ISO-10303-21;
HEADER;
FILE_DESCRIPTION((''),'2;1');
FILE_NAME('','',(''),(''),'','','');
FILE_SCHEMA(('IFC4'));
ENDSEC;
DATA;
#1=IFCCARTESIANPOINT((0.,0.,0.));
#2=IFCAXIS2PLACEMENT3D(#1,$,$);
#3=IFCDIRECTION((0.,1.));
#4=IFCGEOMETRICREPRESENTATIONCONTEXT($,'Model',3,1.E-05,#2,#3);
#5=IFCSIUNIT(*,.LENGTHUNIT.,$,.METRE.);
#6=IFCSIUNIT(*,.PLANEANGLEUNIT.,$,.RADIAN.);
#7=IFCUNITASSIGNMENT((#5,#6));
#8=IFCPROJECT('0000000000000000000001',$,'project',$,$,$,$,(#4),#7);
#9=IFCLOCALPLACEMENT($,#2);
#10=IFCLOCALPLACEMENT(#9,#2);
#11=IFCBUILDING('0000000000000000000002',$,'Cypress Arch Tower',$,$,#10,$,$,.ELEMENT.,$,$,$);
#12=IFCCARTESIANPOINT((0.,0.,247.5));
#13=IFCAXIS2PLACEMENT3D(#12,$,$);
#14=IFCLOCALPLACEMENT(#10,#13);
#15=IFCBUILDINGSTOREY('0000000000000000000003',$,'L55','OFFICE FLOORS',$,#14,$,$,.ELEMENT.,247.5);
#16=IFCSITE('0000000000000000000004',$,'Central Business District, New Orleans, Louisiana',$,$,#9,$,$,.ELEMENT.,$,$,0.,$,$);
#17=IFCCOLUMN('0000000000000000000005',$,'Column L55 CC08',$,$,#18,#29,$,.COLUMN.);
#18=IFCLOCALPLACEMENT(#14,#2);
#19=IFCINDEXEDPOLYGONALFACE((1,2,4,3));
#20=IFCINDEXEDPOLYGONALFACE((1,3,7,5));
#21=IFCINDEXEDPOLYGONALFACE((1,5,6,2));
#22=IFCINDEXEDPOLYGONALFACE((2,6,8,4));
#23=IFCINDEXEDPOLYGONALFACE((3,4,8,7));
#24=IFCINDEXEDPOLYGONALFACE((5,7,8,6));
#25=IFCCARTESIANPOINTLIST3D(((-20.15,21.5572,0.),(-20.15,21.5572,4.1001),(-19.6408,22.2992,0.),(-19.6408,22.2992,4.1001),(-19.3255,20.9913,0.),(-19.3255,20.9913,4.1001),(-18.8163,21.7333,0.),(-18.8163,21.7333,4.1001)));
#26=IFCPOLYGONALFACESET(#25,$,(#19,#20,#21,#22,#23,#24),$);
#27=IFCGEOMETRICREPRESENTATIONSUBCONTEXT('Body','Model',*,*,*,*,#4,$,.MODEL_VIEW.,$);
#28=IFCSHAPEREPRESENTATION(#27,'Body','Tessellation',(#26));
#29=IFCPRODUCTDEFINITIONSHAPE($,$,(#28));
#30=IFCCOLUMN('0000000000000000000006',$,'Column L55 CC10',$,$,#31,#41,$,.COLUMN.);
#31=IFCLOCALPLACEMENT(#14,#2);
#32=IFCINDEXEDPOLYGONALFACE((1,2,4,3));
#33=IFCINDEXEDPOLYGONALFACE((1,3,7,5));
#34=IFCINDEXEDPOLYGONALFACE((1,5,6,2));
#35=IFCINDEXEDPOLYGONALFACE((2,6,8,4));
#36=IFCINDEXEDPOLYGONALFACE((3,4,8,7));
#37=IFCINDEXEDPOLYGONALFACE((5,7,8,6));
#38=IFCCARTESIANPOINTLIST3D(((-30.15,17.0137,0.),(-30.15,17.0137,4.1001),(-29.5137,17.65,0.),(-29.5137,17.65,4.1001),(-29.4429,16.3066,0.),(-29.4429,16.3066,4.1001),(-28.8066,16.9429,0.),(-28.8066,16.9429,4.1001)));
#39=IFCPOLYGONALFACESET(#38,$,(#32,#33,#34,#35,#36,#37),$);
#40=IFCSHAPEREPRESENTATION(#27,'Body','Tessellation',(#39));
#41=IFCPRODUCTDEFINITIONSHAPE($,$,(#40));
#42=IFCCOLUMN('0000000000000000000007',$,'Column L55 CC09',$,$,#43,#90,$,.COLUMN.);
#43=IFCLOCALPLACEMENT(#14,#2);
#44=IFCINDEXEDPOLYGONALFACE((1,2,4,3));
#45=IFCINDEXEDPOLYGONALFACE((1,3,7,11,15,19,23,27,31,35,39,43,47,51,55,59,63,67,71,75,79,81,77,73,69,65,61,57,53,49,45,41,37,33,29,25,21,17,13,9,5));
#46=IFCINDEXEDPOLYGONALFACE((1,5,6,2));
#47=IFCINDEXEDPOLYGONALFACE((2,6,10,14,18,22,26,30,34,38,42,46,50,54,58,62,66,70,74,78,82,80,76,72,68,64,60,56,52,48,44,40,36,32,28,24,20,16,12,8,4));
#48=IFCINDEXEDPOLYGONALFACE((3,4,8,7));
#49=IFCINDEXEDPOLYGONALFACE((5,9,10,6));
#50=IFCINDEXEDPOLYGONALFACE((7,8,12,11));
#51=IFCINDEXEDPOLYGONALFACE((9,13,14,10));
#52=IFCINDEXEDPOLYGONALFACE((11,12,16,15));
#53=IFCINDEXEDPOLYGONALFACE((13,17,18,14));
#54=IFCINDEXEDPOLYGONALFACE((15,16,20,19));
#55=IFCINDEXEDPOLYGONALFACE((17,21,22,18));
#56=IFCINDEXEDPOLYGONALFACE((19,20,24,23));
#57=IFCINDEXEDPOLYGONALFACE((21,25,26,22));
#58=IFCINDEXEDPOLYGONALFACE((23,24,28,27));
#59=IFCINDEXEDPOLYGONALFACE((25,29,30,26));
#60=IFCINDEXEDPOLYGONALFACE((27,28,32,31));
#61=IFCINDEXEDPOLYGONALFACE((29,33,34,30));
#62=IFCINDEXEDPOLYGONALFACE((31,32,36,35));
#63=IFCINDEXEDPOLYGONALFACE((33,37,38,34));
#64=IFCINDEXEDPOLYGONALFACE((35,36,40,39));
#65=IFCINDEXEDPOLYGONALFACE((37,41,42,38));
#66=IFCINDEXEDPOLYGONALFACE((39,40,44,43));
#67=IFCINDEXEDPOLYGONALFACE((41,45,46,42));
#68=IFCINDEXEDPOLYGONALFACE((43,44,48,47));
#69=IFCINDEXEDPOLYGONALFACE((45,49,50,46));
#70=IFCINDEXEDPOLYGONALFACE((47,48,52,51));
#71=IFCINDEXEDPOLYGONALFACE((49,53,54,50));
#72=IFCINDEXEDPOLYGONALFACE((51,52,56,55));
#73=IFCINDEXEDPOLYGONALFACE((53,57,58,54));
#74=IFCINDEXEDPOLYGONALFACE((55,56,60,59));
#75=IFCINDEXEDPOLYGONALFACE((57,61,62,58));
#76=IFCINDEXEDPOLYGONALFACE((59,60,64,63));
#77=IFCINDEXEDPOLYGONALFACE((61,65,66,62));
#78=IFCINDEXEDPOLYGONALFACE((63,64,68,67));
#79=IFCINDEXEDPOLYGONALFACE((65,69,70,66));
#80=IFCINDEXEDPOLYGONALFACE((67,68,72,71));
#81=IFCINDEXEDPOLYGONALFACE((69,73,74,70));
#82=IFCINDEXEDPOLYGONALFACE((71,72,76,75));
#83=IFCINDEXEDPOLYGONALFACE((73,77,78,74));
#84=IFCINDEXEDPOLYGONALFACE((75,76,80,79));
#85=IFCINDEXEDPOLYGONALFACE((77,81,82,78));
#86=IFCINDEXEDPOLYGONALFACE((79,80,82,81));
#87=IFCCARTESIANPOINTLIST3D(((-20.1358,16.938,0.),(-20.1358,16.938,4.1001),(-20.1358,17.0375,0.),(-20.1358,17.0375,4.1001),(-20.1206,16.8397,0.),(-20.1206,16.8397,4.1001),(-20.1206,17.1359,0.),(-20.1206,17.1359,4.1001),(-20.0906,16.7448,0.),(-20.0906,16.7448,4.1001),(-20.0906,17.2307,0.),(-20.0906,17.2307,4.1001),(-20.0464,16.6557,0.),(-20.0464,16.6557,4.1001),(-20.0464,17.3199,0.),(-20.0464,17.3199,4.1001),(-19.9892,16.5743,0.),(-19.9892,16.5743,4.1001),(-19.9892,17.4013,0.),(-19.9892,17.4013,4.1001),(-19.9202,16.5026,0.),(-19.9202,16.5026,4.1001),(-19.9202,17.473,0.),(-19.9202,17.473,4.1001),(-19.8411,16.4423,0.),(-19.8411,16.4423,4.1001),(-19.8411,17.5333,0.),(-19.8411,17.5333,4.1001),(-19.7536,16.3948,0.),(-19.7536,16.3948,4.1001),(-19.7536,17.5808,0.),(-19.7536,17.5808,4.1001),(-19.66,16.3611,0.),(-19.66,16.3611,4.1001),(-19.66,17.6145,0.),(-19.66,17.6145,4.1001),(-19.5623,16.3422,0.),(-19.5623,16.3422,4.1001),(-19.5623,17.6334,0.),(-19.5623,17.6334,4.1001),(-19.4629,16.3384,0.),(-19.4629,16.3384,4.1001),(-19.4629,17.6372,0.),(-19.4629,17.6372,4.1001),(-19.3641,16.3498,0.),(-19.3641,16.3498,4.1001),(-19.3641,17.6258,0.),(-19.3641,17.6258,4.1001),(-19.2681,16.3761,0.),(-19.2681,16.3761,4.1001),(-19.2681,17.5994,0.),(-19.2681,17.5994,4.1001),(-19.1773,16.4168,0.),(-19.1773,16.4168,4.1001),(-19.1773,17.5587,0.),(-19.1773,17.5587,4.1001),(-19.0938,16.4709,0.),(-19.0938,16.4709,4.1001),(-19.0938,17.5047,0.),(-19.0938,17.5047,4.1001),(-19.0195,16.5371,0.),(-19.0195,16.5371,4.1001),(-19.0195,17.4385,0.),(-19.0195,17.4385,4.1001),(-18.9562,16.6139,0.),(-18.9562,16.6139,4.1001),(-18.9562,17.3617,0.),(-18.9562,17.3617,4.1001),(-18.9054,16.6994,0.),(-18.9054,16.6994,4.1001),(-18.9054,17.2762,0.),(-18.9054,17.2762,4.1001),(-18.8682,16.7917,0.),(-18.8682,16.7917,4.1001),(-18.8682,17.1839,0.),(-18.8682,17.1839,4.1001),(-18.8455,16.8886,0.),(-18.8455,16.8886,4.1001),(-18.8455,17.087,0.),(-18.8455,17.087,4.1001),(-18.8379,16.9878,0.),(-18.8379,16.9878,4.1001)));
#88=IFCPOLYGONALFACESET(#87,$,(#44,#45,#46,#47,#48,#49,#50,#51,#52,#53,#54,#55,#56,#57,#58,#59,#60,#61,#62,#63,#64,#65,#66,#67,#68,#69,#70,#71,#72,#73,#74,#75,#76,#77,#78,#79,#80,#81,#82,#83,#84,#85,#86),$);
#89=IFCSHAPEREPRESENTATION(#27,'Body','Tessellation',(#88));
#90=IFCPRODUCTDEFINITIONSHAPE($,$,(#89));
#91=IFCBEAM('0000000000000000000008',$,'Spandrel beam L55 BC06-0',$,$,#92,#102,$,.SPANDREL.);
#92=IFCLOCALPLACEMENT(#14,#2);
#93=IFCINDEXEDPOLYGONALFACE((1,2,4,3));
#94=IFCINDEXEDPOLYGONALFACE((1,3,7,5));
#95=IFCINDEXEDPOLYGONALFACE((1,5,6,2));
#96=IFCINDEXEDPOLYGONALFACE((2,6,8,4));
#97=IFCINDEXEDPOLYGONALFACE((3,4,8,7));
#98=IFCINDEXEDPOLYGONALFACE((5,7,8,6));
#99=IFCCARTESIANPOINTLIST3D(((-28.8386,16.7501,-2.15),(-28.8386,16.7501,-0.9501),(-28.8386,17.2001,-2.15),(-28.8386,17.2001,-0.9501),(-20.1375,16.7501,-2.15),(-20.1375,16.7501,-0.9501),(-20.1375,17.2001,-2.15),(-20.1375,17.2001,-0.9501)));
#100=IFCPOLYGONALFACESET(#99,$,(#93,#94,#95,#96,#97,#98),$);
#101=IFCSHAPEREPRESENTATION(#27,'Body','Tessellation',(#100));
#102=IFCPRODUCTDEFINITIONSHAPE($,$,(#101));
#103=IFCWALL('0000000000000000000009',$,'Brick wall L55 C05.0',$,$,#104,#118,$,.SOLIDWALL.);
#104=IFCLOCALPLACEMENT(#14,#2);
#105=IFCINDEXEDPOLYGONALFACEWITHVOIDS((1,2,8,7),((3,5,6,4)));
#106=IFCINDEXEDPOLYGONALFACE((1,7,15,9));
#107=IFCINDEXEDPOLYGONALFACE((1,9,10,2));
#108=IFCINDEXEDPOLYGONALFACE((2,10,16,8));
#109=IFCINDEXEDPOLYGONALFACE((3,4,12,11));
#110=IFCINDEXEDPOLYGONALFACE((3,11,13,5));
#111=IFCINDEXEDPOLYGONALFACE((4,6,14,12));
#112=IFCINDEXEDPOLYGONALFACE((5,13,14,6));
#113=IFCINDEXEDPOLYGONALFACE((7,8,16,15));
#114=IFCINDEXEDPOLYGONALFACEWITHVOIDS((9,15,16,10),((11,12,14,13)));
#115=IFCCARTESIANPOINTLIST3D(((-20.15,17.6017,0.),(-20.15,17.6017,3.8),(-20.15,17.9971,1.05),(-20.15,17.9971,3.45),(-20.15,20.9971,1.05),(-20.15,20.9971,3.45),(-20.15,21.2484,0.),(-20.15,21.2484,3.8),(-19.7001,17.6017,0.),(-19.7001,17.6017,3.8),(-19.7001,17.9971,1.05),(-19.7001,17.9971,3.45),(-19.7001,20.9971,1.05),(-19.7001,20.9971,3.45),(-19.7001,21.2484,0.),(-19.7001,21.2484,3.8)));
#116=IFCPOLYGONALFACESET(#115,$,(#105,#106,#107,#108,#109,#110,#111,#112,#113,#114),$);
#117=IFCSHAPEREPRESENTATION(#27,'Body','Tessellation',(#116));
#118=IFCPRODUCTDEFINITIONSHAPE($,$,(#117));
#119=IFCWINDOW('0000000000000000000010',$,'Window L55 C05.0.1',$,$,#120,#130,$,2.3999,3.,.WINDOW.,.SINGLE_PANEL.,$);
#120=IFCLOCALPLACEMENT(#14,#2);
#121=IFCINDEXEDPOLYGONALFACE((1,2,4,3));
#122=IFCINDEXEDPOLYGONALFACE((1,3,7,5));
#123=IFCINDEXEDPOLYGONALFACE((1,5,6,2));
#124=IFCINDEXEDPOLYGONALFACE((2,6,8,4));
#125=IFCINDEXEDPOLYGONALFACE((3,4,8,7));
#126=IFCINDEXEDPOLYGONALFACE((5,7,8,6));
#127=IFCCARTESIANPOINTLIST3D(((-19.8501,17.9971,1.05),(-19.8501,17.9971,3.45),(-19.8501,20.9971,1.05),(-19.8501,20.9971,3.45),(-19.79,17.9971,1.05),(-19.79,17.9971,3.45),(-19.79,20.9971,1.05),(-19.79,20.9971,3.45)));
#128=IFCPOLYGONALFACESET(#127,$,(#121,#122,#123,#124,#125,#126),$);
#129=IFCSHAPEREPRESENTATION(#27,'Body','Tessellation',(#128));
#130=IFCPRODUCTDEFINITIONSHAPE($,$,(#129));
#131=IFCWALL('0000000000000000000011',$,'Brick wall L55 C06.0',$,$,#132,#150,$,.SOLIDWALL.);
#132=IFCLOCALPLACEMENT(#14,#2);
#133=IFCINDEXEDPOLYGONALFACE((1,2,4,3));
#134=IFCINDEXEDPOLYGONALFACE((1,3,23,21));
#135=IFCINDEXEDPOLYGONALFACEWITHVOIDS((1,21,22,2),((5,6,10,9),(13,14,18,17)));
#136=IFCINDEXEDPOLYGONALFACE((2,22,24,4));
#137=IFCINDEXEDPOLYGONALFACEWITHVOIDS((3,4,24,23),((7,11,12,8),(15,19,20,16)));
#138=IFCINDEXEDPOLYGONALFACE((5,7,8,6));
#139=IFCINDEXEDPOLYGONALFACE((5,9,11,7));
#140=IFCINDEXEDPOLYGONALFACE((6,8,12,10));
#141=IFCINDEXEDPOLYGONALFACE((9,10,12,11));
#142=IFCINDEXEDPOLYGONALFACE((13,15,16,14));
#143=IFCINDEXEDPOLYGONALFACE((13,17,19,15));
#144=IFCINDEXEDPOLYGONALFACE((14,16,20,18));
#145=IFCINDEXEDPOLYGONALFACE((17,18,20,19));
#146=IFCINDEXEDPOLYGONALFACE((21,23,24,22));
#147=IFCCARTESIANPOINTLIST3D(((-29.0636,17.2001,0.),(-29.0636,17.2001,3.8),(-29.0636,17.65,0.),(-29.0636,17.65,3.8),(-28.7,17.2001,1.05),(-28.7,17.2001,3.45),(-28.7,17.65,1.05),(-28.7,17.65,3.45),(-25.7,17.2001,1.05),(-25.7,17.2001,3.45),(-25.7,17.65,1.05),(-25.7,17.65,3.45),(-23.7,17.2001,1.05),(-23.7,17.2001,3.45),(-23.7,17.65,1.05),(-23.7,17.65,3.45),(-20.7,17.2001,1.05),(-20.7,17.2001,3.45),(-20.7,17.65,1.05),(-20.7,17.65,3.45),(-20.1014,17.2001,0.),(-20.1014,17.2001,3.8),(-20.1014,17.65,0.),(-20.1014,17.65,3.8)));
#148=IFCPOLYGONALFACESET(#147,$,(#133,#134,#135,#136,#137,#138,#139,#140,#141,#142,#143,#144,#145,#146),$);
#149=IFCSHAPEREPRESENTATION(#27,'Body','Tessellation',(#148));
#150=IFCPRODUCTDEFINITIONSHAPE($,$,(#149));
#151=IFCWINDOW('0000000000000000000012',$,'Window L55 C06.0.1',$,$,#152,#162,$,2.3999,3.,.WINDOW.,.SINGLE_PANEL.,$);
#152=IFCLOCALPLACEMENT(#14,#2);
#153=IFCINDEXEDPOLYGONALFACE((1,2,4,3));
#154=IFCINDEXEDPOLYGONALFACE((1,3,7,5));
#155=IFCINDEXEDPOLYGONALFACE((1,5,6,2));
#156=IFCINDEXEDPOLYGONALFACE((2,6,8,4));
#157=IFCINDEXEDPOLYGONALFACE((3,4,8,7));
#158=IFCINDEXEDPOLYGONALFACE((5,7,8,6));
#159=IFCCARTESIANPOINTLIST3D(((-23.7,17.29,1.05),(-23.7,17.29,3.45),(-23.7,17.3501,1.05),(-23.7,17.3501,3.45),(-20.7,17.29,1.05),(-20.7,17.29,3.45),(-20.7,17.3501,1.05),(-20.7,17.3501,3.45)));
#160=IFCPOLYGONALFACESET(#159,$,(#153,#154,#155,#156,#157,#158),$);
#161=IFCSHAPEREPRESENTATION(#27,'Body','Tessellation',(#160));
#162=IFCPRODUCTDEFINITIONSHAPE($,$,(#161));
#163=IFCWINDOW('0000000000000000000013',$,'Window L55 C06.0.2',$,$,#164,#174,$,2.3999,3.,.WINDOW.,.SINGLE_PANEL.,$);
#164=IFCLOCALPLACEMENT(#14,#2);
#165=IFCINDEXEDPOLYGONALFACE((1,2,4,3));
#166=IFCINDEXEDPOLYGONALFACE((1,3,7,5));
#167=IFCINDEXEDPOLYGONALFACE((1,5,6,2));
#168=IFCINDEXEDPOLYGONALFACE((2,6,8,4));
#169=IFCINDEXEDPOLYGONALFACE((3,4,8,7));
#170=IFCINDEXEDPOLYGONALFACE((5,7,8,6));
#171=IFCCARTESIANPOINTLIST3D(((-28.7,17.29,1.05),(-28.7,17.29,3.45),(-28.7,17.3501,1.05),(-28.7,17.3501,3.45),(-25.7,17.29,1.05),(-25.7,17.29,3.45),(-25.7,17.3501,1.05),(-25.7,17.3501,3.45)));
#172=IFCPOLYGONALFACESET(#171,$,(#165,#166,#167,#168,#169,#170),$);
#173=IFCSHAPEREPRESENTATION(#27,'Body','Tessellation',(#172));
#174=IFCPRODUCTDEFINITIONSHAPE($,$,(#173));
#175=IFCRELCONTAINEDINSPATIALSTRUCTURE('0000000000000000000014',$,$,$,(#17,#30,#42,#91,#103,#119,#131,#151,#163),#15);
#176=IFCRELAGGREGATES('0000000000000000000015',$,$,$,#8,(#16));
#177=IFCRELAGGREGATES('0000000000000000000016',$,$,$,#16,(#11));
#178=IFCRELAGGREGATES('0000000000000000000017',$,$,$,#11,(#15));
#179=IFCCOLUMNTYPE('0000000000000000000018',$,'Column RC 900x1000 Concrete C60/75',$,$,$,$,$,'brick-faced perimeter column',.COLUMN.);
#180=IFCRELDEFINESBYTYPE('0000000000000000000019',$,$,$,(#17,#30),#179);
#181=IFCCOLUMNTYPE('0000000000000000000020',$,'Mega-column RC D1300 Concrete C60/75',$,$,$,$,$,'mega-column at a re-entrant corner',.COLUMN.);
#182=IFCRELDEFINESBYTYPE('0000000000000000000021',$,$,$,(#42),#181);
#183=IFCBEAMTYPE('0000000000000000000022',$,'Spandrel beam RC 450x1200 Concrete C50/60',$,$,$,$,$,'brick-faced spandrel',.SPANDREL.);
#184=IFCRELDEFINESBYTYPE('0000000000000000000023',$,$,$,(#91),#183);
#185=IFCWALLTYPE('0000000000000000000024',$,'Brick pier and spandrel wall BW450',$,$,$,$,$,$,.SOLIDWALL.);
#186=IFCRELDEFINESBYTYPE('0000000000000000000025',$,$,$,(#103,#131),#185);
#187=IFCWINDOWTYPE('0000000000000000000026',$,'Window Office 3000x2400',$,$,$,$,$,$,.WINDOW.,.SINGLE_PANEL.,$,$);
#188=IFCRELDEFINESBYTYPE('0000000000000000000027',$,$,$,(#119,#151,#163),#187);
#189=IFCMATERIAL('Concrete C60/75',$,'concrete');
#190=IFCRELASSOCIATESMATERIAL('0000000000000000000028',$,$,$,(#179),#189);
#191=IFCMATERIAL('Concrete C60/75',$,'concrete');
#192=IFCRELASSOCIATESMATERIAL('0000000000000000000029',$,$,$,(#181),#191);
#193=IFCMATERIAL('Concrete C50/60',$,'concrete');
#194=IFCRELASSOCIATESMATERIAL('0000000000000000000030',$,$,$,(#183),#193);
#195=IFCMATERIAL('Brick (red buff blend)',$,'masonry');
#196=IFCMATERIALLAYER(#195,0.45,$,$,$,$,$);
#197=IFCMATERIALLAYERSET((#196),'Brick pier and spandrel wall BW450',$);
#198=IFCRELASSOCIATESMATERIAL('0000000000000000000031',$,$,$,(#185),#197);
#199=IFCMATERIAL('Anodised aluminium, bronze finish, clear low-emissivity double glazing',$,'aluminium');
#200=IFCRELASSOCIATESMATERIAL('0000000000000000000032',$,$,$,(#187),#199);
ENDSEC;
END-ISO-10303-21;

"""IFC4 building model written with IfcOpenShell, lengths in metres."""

from ifc_helpers import new_model, si_unit, direction, frame, frame_2d, origin, origin_2d, place, context, subcontext, project, spatial, rectangle, circle, extrude, material, layer, layer_set, material_profile, profile_set, type_object, element, fill, save


model = new_model("IFC4")

# Units and contexts
model_context = context("Model", 3, precision=1e-05, world=origin(), true_north=direction((0.0, 1.0)))
body_context = subcontext(model_context, "Body", "Model", "MODEL_VIEW")
ifc_project = project(units=[si_unit("LENGTHUNIT", "METRE"), si_unit("PLANEANGLEUNIT", "RADIAN")], contexts=[model_context])

# Site, building, storey
site_placement = place(None, origin())
site = spatial("IfcSite", under=ifc_project, at=site_placement, Name="Central Business District, New Orleans, Louisiana", CompositionType="ELEMENT", RefElevation=0.0)
building_placement = place(site_placement, origin())
building = spatial("IfcBuilding", under=site, at=building_placement, Name="Cypress Arch Tower", CompositionType="ELEMENT")
storey_placement = place(building_placement, frame((0.0, 0.0, 247.5)))
storey = spatial("IfcBuildingStorey", under=building, at=storey_placement, Name="L55", Description="OFFICE FLOORS", CompositionType="ELEMENT", Elevation=247.5)

# Columns
ifc_material_1 = material(Name="Concrete C60/75", Category="concrete")
ifc_material_profile_1 = material_profile(ifc_material_1, rectangle(XDim=0.8999, YDim=1.0, at=origin_2d()), Name="RC 900x1000")
ifc_profile_set_1 = profile_set([ifc_material_profile_1], Name="Concrete C60/75")
column_type_1 = type_object("IfcColumnType", Name="Column RC 900x1000 Concrete C60/75", ElementType="brick-faced perimeter column", PredefinedType="COLUMN", material=ifc_profile_set_1)
for number, where, z_axis, x_axis, name in (
    (1, (-19.4832, 21.6453, 0.0), (0.0, 0.0, 1.0), (-0.565893, -0.824479, 0.0), "Column L55 CC08"),
    (2, (-29.4783, 16.9783, 0.0), (0.0, 0.0, 1.0), (-0.707107, -0.707107, 0.0), "Column L55 CC10"),
):
    element("IfcColumn", number, at=place(storey_placement, frame(where, z_axis=z_axis, x_axis=x_axis)), inside=storey, type_object=column_type_1, Name=name, PredefinedType="COLUMN", context=body_context, shape_type="SweptSolid", body=[
        extrude(rectangle(XDim=0.8999, YDim=1.0, at=origin_2d()), origin(), (0.0, 0.0, 1.0), 4.1001),
    ])
ifc_material_2 = material(Name="Concrete C60/75", Category="concrete")
ifc_material_profile_2 = material_profile(ifc_material_2, circle(Radius=0.6499, at=origin_2d()), Name="RC D1300")
ifc_profile_set_2 = profile_set([ifc_material_profile_2], Name="Concrete C60/75")
column_type_2 = type_object("IfcColumnType", Name="Mega-column RC D1300 Concrete C60/75", ElementType="mega-column at a re-entrant corner", PredefinedType="COLUMN", material=ifc_profile_set_2)
column_placement = place(storey_placement, frame((-19.4878, 16.9878, 0.0), z_axis=(0.0, 0.0, 1.0), x_axis=(1.0, 0.0, 0.0)))
element("IfcColumn", 3, at=column_placement, inside=storey, type_object=column_type_2, Name="Column L55 CC09", PredefinedType="COLUMN", context=body_context, shape_type="SweptSolid", body=[
    extrude(circle(Radius=0.6499, at=origin_2d()), origin(), (0.0, 0.0, 1.0), 4.1001),
])

# Beam
ifc_material_3 = material(Name="Concrete C50/60", Category="concrete")
ifc_material_profile_3 = material_profile(ifc_material_3, rectangle(XDim=0.45, YDim=1.2, at=origin_2d()), Name="RC 450x1200")
ifc_profile_set_3 = profile_set([ifc_material_profile_3], Name="Concrete C50/60")
beam_type = type_object("IfcBeamType", Name="Spandrel beam RC 450x1200 Concrete C50/60", ElementType="brick-faced spandrel", PredefinedType="SPANDREL", material=ifc_profile_set_3)
beam_placement = place(storey_placement, frame((-20.1375, 16.9751, -1.55), z_axis=(-1.0, 0.0, 0.0), x_axis=(0.0, -1.0, 0.0)))
element("IfcBeam", 4, at=beam_placement, inside=storey, type_object=beam_type, Name="Spandrel beam L55 BC06-0", PredefinedType="SPANDREL", context=body_context, shape_type="SweptSolid", body=[
    extrude(rectangle(XDim=0.45, YDim=1.2, at=origin_2d()), origin(), (0.0, 0.0, 1.0), 8.7012),
])

# Wall, opening, window
ifc_material_4 = material(Name="Brick (red buff blend)", Category="masonry")
ifc_layer_1 = layer(ifc_material_4, 0.45)
ifc_layer_set_1 = layer_set([ifc_layer_1], Name="Brick pier and spandrel wall BW450")
wall_type_1 = type_object("IfcWallType", Name="Brick pier and spandrel wall BW450", PredefinedType="SOLIDWALL", material=ifc_layer_set_1)
wall_1_placement = place(storey_placement, frame((-19.925, 21.2483, 0.0), z_axis=(0.0, 0.0, 1.0), x_axis=(0.0, -1.0, 0.0)))
wall_1 = element("IfcWall", 5, at=wall_1_placement, inside=storey, type_object=wall_type_1, Name="Brick wall L55 C05.0", PredefinedType="SOLIDWALL", context=body_context, shape_type="SweptSolid", body=[
    extrude(rectangle(XDim=3.6467, YDim=0.45, at=frame_2d((1.8232, 0.0))), origin(), (0.0, 0.0, 1.0), 3.8),
])
opening_1_placement = place(wall_1_placement, frame((0.2512, 0.0, 1.05)))
opening_1 = element("IfcOpeningElement", 6, at=opening_1_placement, cuts=wall_1, PredefinedType="OPENING", context=body_context, shape_type="SweptSolid", body=[
    extrude(rectangle(XDim=3.0, YDim=2.3999, at=frame_2d((1.5, 1.2))), frame((0.0, 0.2349, 0.0), z_axis=(0.0, -1.0, 0.0), x_axis=(1.0, 0.0, 0.0)), (0.0, 0.0, 1.0), 0.47),
])
ifc_material_5 = material(Name="Anodised aluminium, bronze finish, clear low-emissivity double glazing", Category="aluminium")
window_type = type_object("IfcWindowType", Name="Window Office 3000x2400", PartitioningType="SINGLE_PANEL", PredefinedType="WINDOW", material=ifc_material_5)
window_1_placement = place(opening_1_placement, origin())
window_1 = element("IfcWindow", 7, at=window_1_placement, inside=storey, type_object=window_type, Name="Window L55 C05.0.1", OverallHeight=2.3999, OverallWidth=3.0, PartitioningType="SINGLE_PANEL", PredefinedType="WINDOW", context=body_context, shape_type="SweptSolid", body=[
    extrude(rectangle(XDim=3.0, YDim=2.3999, at=frame_2d((1.5, 1.2))), frame((0.0, 0.135, 0.0), z_axis=(0.0, -1.0, 0.0), x_axis=(1.0, 0.0, 0.0)), (0.0, 0.0, 1.0), 0.0601),
])
fill(opening_1, window_1)

# Wall, openings, windows
wall_2_placement = place(storey_placement, frame((-20.1016, 17.425, 0.0), z_axis=(0.0, 0.0, 1.0), x_axis=(-1.0, 0.0, 0.0)))
wall_2 = element("IfcWall", 8, at=wall_2_placement, inside=storey, type_object=wall_type_1, Name="Brick wall L55 C06.0", PredefinedType="SOLIDWALL", context=body_context, shape_type="SweptSolid", body=[
    extrude(rectangle(XDim=8.9622, YDim=0.45, at=frame_2d((4.481, 0.0))), origin(), (0.0, 0.0, 1.0), 3.8),
])
opening_2_placement = place(wall_2_placement, frame((0.5984, 0.0, 1.05)))
opening_2 = element("IfcOpeningElement", 9, at=opening_2_placement, cuts=wall_2, PredefinedType="OPENING", context=body_context, shape_type="SweptSolid", body=[
    extrude(rectangle(XDim=3.0, YDim=2.3999, at=frame_2d((1.5, 1.2))), frame((0.0, 0.2349, 0.0), z_axis=(0.0, -1.0, 0.0), x_axis=(1.0, 0.0, 0.0)), (0.0, 0.0, 1.0), 0.47),
])
opening_3_placement = place(wall_2_placement, frame((5.5984, 0.0, 1.05)))
opening_3 = element("IfcOpeningElement", 10, at=opening_3_placement, cuts=wall_2, PredefinedType="OPENING", context=body_context, shape_type="SweptSolid", body=[
    extrude(rectangle(XDim=3.0, YDim=2.3999, at=frame_2d((1.5, 1.2))), frame((0.0, 0.2349, 0.0), z_axis=(0.0, -1.0, 0.0), x_axis=(1.0, 0.0, 0.0)), (0.0, 0.0, 1.0), 0.47),
])
window_2_placement = place(opening_2_placement, origin())
window_2 = element("IfcWindow", 11, at=window_2_placement, inside=storey, type_object=window_type, Name="Window L55 C06.0.1", OverallHeight=2.3999, OverallWidth=3.0, PartitioningType="SINGLE_PANEL", PredefinedType="WINDOW", context=body_context, shape_type="SweptSolid", body=[
    extrude(rectangle(XDim=3.0, YDim=2.3999, at=frame_2d((1.5, 1.2))), frame((0.0, 0.135, 0.0), z_axis=(0.0, -1.0, 0.0), x_axis=(1.0, 0.0, 0.0)), (0.0, 0.0, 1.0), 0.0601),
])
fill(opening_2, window_2)
window_3_placement = place(opening_3_placement, origin())
window_3 = element("IfcWindow", 12, at=window_3_placement, inside=storey, type_object=window_type, Name="Window L55 C06.0.2", OverallHeight=2.3999, OverallWidth=3.0, PartitioningType="SINGLE_PANEL", PredefinedType="WINDOW", context=body_context, shape_type="SweptSolid", body=[
    extrude(rectangle(XDim=3.0, YDim=2.3999, at=frame_2d((1.5, 1.2))), frame((0.0, 0.135, 0.0), z_axis=(0.0, -1.0, 0.0), x_axis=(1.0, 0.0, 0.0)), (0.0, 0.0, 1.0), 0.0601),
])
fill(opening_3, window_3)

save(model, "model.ifc")
